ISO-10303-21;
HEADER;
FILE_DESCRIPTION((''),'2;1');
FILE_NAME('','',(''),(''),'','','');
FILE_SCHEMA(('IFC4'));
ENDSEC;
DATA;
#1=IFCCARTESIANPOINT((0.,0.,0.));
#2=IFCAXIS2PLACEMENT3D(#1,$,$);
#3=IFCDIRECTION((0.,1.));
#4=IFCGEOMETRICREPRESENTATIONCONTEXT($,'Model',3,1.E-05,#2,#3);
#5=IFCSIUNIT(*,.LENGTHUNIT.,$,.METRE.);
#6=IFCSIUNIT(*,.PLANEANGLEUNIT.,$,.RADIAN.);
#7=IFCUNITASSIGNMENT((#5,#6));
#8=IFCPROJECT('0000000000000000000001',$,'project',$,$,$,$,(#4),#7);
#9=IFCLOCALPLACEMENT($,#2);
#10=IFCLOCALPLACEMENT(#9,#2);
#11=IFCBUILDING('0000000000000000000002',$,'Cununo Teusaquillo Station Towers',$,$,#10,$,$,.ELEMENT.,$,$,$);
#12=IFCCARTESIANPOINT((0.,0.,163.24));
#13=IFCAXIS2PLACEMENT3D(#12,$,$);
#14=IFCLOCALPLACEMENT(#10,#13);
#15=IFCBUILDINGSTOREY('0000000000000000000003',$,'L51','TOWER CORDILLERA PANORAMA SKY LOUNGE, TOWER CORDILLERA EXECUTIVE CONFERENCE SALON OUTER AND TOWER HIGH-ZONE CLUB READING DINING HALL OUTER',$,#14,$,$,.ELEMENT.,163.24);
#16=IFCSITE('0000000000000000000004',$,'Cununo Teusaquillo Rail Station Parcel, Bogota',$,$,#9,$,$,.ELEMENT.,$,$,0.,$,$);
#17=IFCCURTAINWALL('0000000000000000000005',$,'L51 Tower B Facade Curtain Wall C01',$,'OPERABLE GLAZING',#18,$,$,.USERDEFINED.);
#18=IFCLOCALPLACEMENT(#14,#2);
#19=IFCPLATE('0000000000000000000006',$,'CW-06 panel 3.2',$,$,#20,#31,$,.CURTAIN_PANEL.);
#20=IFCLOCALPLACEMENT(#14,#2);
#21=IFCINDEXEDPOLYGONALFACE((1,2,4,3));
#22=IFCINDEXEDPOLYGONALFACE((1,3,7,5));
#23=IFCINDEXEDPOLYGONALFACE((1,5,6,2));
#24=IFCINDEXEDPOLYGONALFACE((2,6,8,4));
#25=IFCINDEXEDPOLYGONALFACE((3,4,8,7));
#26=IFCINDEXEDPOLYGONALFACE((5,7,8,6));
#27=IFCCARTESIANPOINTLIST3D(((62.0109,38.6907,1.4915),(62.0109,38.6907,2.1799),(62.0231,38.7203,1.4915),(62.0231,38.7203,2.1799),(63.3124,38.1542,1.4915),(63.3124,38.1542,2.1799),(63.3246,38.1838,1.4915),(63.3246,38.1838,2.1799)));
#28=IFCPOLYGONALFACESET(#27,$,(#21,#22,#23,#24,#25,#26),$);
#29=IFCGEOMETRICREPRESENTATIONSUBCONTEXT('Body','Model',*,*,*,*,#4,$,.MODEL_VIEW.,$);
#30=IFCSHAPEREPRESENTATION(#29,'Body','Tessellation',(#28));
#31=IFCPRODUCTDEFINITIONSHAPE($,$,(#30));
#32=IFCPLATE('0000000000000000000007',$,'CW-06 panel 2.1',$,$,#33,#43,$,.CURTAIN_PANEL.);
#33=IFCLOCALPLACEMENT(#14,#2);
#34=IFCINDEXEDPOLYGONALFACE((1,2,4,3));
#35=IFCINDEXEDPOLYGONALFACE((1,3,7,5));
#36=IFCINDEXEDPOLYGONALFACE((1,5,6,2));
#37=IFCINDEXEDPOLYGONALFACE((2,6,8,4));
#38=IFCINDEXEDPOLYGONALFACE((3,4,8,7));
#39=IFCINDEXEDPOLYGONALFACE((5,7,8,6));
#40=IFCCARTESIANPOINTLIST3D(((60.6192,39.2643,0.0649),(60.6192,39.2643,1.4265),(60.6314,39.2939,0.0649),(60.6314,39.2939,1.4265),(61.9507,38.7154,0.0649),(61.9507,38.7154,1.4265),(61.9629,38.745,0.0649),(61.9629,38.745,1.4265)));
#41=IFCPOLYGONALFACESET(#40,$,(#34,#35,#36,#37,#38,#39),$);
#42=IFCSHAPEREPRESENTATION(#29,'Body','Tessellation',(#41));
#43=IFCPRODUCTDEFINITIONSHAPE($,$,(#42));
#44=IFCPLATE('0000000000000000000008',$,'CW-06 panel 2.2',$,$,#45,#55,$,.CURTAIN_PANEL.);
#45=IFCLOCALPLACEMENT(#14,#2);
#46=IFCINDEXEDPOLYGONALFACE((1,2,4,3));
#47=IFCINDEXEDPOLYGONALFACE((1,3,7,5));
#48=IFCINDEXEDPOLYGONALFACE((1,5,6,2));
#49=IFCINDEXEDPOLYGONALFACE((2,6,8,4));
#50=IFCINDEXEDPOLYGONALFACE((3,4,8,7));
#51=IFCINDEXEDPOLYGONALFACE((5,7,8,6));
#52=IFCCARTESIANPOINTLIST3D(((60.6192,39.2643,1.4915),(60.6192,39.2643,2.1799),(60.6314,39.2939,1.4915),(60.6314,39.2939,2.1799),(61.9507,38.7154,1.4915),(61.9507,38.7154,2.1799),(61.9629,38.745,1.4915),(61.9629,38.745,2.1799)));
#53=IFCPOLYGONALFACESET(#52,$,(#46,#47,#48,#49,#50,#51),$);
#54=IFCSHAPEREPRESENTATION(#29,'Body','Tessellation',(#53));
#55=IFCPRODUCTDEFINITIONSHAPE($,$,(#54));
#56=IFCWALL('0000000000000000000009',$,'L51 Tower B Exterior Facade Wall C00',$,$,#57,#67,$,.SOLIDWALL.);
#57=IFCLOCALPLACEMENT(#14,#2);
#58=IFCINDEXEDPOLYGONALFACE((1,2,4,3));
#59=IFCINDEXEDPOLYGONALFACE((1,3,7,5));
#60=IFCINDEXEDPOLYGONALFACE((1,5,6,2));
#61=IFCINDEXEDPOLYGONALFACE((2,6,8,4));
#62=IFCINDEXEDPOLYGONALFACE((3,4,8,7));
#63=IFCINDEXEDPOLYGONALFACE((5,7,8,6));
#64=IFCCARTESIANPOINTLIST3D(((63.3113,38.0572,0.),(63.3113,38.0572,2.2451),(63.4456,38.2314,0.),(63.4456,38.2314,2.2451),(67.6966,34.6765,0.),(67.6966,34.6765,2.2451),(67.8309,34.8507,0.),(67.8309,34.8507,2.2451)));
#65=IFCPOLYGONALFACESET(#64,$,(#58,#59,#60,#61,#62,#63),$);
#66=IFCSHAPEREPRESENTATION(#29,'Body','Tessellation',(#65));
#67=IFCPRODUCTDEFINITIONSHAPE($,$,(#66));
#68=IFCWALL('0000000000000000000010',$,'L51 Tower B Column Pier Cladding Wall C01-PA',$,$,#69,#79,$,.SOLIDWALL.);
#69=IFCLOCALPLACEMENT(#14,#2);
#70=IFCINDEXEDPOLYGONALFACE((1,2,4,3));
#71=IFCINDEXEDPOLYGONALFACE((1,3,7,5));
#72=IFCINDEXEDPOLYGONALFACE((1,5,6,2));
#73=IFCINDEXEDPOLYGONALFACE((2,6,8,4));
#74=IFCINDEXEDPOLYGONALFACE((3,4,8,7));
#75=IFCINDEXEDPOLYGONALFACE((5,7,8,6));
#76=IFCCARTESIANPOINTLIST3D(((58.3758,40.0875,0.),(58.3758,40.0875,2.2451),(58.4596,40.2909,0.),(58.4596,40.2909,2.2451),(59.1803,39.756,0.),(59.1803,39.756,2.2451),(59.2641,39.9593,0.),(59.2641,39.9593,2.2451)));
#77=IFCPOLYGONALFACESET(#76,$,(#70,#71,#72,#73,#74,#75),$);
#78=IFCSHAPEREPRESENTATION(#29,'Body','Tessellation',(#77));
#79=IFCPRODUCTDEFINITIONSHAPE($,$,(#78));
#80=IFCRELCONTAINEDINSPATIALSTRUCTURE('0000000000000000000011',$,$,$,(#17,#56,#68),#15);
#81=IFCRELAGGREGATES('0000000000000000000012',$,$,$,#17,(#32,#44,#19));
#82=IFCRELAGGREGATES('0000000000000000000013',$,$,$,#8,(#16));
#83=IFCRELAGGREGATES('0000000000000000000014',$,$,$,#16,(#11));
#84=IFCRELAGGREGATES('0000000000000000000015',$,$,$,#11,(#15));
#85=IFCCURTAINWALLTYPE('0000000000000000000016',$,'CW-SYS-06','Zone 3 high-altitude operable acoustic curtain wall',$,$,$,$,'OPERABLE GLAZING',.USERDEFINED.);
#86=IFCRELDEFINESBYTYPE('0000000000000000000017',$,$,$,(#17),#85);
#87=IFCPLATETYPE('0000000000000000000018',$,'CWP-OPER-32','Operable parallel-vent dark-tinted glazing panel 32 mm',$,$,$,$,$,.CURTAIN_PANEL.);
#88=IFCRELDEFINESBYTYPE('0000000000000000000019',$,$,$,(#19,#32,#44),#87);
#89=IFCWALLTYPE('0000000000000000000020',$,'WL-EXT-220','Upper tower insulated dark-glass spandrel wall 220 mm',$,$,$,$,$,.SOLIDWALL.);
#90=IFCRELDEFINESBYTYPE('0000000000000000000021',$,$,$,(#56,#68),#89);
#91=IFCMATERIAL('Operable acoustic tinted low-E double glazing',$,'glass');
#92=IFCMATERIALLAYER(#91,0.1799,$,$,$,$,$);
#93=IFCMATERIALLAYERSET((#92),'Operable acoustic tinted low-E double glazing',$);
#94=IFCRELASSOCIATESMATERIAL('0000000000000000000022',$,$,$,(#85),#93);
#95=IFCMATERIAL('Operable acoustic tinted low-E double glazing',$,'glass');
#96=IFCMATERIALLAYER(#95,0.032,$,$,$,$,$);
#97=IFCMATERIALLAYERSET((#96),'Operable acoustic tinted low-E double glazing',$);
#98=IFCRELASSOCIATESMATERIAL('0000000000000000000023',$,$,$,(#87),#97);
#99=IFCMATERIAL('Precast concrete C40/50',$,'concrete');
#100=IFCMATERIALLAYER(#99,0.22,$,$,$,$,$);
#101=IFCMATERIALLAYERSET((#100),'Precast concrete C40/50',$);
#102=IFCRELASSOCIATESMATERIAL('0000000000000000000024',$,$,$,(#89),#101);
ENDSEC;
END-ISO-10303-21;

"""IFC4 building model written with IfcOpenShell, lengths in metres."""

from ifc_helpers import new_model, si_unit, direction, frame, frame_2d, origin, origin_2d, place, context, subcontext, project, spatial, rectangle, extrude, source, transform, mapped, material, layer, layer_set, type_object, element, aggregate, save


model = new_model("IFC4")

# Units and contexts
model_context = context("Model", 3, precision=1e-05, world=origin(), true_north=direction((0.0, 1.0)))
body_context = subcontext(model_context, "Body", "Model", "MODEL_VIEW")
ifc_project = project(units=[si_unit("LENGTHUNIT", "METRE"), si_unit("PLANEANGLEUNIT", "RADIAN")], contexts=[model_context])

# Site, building, storey
site_placement = place(None, origin())
site = spatial("IfcSite", under=ifc_project, at=site_placement, Name="Cununo Teusaquillo Rail Station Parcel, Bogota", CompositionType="ELEMENT", RefElevation=0.0)
building_placement = place(site_placement, origin())
building = spatial("IfcBuilding", under=site, at=building_placement, Name="Cununo Teusaquillo Station Towers", CompositionType="ELEMENT")
storey_placement = place(building_placement, frame((0.0, 0.0, 163.24)))
storey = spatial("IfcBuildingStorey", under=building, at=storey_placement, Name="L51", Description="TOWER CORDILLERA PANORAMA SKY LOUNGE, TOWER CORDILLERA EXECUTIVE CONFERENCE SALON OUTER AND TOWER HIGH-ZONE CLUB READING DINING HALL OUTER", CompositionType="ELEMENT", Elevation=163.24)

# Curtain wall, plates
ifc_material_1 = material(Name="Operable acoustic tinted low-E double glazing", Category="glass")
ifc_layer_1 = layer(ifc_material_1, 0.1799)
ifc_layer_set_1 = layer_set([ifc_layer_1], Name="Operable acoustic tinted low-E double glazing")
curtain_wall_type = type_object("IfcCurtainWallType", Name="CW-SYS-06", Description="Zone 3 high-altitude operable acoustic curtain wall", ElementType="OPERABLE GLAZING", PredefinedType="USERDEFINED", material=ifc_layer_set_1)
curtain_wall_placement = place(storey_placement, origin())
curtain_wall = element("IfcCurtainWall", 1, at=curtain_wall_placement, inside=storey, type_object=curtain_wall_type, Name="L51 Tower B Facade Curtain Wall C01", ObjectType="OPERABLE GLAZING", PredefinedType="USERDEFINED")
ifc_material_2 = material(Name="Operable acoustic tinted low-E double glazing", Category="glass")
ifc_layer_2 = layer(ifc_material_2, 0.032)
ifc_layer_set_2 = layer_set([ifc_layer_2], Name="Operable acoustic tinted low-E double glazing")
plate_type = type_object("IfcPlateType", Name="CWP-OPER-32", Description="Operable parallel-vent dark-tinted glazing panel 32 mm", PredefinedType="CURTAIN_PANEL", material=ifc_layer_set_2)
shared_shape_1 = source(origin(), body_context, "Body", "SweptSolid", [
    extrude(rectangle(XDim=1.4077, YDim=0.032, at=origin_2d()), origin(), (0.0, 0.0, 1.0), 0.6885),
])
plate_1_placement = place(storey_placement, frame((62.6677, 38.4373, 1.4915), z_axis=(0.0, 0.0, 1.0), x_axis=(0.924525, -0.381122, 0.0)))
plate_1 = element("IfcPlate", 2, at=plate_1_placement, type_object=plate_type, Name="CW-06 panel 3.2", PredefinedType="CURTAIN_PANEL", context=body_context, shape_type="MappedRepresentation", body=[
    mapped(shared_shape_1, transform((0.0, 0.0, 0.0), x_axis=(1.0, 0.0, 0.0), y_axis=(0.0, 1.0, 0.0), z_axis=(0.0, 0.0, 1.0), scale=1.0)),
])
shared_shape_2 = source(origin(), body_context, "Body", "SweptSolid", [
    extrude(rectangle(XDim=1.4402, YDim=0.032, at=origin_2d()), origin(), (0.0, 0.0, 1.0), 1.3616),
])
plate_2_placement = place(storey_placement, frame((61.291, 39.0046, 0.0649), z_axis=(0.0, 0.0, 1.0), x_axis=(0.924525, -0.381122, 0.0)))
plate_2 = element("IfcPlate", 3, at=plate_2_placement, type_object=plate_type, Name="CW-06 panel 2.1", PredefinedType="CURTAIN_PANEL", context=body_context, shape_type="MappedRepresentation", body=[
    mapped(shared_shape_2, transform((0.0, 0.0, 0.0), x_axis=(1.0, 0.0, 0.0), y_axis=(0.0, 1.0, 0.0), z_axis=(0.0, 0.0, 1.0), scale=1.0)),
])
shared_shape_3 = source(origin(), body_context, "Body", "SweptSolid", [
    extrude(rectangle(XDim=1.4402, YDim=0.032, at=origin_2d()), origin(), (0.0, 0.0, 1.0), 0.6885),
])
plate_3_placement = place(storey_placement, frame((61.291, 39.0046, 1.4915), z_axis=(0.0, 0.0, 1.0), x_axis=(0.924525, -0.381122, 0.0)))
plate_3 = element("IfcPlate", 4, at=plate_3_placement, type_object=plate_type, Name="CW-06 panel 2.2", PredefinedType="CURTAIN_PANEL", context=body_context, shape_type="MappedRepresentation", body=[
    mapped(shared_shape_3, transform((0.0, 0.0, 0.0), x_axis=(1.0, 0.0, 0.0), y_axis=(0.0, 1.0, 0.0), z_axis=(0.0, 0.0, 1.0), scale=1.0)),
])
aggregate(curtain_wall, [plate_2, plate_3, plate_1])

# Walls
ifc_material_3 = material(Name="Precast concrete C40/50", Category="concrete")
ifc_layer_3 = layer(ifc_material_3, 0.22)
ifc_layer_set_3 = layer_set([ifc_layer_3], Name="Precast concrete C40/50")
wall_type = type_object("IfcWallType", Name="WL-EXT-220", Description="Upper tower insulated dark-glass spandrel wall 220 mm", PredefinedType="SOLIDWALL", material=ifc_layer_set_3)
wall_1_placement = place(storey_placement, frame((63.3784, 38.1443, 0.0), z_axis=(0.0, 0.0, 1.0), x_axis=(0.791983, -0.610544, 0.0)))
element("IfcWall", 5, at=wall_1_placement, inside=storey, type_object=wall_type, Name="L51 Tower B Exterior Facade Wall C00", PredefinedType="SOLIDWALL", context=body_context, shape_type="SweptSolid", body=[
    extrude(rectangle(XDim=5.5371, YDim=0.22, at=frame_2d((2.7686, 0.0))), origin(), (0.0, 0.0, 1.0), 2.2451),
])
wall_2_placement = place(storey_placement, frame((58.4177, 40.1892, 0.0), z_axis=(0.0, 0.0, 1.0), x_axis=(0.924556, -0.381046, 0.0)))
element("IfcWall", 6, at=wall_2_placement, inside=storey, type_object=wall_type, Name="L51 Tower B Column Pier Cladding Wall C01-PA", PredefinedType="SOLIDWALL", context=body_context, shape_type="SweptSolid", body=[
    extrude(rectangle(XDim=0.8701, YDim=0.22, at=frame_2d((0.4351, 0.0))), origin(), (0.0, 0.0, 1.0), 2.2451),
])

save(model, "model.ifc")
